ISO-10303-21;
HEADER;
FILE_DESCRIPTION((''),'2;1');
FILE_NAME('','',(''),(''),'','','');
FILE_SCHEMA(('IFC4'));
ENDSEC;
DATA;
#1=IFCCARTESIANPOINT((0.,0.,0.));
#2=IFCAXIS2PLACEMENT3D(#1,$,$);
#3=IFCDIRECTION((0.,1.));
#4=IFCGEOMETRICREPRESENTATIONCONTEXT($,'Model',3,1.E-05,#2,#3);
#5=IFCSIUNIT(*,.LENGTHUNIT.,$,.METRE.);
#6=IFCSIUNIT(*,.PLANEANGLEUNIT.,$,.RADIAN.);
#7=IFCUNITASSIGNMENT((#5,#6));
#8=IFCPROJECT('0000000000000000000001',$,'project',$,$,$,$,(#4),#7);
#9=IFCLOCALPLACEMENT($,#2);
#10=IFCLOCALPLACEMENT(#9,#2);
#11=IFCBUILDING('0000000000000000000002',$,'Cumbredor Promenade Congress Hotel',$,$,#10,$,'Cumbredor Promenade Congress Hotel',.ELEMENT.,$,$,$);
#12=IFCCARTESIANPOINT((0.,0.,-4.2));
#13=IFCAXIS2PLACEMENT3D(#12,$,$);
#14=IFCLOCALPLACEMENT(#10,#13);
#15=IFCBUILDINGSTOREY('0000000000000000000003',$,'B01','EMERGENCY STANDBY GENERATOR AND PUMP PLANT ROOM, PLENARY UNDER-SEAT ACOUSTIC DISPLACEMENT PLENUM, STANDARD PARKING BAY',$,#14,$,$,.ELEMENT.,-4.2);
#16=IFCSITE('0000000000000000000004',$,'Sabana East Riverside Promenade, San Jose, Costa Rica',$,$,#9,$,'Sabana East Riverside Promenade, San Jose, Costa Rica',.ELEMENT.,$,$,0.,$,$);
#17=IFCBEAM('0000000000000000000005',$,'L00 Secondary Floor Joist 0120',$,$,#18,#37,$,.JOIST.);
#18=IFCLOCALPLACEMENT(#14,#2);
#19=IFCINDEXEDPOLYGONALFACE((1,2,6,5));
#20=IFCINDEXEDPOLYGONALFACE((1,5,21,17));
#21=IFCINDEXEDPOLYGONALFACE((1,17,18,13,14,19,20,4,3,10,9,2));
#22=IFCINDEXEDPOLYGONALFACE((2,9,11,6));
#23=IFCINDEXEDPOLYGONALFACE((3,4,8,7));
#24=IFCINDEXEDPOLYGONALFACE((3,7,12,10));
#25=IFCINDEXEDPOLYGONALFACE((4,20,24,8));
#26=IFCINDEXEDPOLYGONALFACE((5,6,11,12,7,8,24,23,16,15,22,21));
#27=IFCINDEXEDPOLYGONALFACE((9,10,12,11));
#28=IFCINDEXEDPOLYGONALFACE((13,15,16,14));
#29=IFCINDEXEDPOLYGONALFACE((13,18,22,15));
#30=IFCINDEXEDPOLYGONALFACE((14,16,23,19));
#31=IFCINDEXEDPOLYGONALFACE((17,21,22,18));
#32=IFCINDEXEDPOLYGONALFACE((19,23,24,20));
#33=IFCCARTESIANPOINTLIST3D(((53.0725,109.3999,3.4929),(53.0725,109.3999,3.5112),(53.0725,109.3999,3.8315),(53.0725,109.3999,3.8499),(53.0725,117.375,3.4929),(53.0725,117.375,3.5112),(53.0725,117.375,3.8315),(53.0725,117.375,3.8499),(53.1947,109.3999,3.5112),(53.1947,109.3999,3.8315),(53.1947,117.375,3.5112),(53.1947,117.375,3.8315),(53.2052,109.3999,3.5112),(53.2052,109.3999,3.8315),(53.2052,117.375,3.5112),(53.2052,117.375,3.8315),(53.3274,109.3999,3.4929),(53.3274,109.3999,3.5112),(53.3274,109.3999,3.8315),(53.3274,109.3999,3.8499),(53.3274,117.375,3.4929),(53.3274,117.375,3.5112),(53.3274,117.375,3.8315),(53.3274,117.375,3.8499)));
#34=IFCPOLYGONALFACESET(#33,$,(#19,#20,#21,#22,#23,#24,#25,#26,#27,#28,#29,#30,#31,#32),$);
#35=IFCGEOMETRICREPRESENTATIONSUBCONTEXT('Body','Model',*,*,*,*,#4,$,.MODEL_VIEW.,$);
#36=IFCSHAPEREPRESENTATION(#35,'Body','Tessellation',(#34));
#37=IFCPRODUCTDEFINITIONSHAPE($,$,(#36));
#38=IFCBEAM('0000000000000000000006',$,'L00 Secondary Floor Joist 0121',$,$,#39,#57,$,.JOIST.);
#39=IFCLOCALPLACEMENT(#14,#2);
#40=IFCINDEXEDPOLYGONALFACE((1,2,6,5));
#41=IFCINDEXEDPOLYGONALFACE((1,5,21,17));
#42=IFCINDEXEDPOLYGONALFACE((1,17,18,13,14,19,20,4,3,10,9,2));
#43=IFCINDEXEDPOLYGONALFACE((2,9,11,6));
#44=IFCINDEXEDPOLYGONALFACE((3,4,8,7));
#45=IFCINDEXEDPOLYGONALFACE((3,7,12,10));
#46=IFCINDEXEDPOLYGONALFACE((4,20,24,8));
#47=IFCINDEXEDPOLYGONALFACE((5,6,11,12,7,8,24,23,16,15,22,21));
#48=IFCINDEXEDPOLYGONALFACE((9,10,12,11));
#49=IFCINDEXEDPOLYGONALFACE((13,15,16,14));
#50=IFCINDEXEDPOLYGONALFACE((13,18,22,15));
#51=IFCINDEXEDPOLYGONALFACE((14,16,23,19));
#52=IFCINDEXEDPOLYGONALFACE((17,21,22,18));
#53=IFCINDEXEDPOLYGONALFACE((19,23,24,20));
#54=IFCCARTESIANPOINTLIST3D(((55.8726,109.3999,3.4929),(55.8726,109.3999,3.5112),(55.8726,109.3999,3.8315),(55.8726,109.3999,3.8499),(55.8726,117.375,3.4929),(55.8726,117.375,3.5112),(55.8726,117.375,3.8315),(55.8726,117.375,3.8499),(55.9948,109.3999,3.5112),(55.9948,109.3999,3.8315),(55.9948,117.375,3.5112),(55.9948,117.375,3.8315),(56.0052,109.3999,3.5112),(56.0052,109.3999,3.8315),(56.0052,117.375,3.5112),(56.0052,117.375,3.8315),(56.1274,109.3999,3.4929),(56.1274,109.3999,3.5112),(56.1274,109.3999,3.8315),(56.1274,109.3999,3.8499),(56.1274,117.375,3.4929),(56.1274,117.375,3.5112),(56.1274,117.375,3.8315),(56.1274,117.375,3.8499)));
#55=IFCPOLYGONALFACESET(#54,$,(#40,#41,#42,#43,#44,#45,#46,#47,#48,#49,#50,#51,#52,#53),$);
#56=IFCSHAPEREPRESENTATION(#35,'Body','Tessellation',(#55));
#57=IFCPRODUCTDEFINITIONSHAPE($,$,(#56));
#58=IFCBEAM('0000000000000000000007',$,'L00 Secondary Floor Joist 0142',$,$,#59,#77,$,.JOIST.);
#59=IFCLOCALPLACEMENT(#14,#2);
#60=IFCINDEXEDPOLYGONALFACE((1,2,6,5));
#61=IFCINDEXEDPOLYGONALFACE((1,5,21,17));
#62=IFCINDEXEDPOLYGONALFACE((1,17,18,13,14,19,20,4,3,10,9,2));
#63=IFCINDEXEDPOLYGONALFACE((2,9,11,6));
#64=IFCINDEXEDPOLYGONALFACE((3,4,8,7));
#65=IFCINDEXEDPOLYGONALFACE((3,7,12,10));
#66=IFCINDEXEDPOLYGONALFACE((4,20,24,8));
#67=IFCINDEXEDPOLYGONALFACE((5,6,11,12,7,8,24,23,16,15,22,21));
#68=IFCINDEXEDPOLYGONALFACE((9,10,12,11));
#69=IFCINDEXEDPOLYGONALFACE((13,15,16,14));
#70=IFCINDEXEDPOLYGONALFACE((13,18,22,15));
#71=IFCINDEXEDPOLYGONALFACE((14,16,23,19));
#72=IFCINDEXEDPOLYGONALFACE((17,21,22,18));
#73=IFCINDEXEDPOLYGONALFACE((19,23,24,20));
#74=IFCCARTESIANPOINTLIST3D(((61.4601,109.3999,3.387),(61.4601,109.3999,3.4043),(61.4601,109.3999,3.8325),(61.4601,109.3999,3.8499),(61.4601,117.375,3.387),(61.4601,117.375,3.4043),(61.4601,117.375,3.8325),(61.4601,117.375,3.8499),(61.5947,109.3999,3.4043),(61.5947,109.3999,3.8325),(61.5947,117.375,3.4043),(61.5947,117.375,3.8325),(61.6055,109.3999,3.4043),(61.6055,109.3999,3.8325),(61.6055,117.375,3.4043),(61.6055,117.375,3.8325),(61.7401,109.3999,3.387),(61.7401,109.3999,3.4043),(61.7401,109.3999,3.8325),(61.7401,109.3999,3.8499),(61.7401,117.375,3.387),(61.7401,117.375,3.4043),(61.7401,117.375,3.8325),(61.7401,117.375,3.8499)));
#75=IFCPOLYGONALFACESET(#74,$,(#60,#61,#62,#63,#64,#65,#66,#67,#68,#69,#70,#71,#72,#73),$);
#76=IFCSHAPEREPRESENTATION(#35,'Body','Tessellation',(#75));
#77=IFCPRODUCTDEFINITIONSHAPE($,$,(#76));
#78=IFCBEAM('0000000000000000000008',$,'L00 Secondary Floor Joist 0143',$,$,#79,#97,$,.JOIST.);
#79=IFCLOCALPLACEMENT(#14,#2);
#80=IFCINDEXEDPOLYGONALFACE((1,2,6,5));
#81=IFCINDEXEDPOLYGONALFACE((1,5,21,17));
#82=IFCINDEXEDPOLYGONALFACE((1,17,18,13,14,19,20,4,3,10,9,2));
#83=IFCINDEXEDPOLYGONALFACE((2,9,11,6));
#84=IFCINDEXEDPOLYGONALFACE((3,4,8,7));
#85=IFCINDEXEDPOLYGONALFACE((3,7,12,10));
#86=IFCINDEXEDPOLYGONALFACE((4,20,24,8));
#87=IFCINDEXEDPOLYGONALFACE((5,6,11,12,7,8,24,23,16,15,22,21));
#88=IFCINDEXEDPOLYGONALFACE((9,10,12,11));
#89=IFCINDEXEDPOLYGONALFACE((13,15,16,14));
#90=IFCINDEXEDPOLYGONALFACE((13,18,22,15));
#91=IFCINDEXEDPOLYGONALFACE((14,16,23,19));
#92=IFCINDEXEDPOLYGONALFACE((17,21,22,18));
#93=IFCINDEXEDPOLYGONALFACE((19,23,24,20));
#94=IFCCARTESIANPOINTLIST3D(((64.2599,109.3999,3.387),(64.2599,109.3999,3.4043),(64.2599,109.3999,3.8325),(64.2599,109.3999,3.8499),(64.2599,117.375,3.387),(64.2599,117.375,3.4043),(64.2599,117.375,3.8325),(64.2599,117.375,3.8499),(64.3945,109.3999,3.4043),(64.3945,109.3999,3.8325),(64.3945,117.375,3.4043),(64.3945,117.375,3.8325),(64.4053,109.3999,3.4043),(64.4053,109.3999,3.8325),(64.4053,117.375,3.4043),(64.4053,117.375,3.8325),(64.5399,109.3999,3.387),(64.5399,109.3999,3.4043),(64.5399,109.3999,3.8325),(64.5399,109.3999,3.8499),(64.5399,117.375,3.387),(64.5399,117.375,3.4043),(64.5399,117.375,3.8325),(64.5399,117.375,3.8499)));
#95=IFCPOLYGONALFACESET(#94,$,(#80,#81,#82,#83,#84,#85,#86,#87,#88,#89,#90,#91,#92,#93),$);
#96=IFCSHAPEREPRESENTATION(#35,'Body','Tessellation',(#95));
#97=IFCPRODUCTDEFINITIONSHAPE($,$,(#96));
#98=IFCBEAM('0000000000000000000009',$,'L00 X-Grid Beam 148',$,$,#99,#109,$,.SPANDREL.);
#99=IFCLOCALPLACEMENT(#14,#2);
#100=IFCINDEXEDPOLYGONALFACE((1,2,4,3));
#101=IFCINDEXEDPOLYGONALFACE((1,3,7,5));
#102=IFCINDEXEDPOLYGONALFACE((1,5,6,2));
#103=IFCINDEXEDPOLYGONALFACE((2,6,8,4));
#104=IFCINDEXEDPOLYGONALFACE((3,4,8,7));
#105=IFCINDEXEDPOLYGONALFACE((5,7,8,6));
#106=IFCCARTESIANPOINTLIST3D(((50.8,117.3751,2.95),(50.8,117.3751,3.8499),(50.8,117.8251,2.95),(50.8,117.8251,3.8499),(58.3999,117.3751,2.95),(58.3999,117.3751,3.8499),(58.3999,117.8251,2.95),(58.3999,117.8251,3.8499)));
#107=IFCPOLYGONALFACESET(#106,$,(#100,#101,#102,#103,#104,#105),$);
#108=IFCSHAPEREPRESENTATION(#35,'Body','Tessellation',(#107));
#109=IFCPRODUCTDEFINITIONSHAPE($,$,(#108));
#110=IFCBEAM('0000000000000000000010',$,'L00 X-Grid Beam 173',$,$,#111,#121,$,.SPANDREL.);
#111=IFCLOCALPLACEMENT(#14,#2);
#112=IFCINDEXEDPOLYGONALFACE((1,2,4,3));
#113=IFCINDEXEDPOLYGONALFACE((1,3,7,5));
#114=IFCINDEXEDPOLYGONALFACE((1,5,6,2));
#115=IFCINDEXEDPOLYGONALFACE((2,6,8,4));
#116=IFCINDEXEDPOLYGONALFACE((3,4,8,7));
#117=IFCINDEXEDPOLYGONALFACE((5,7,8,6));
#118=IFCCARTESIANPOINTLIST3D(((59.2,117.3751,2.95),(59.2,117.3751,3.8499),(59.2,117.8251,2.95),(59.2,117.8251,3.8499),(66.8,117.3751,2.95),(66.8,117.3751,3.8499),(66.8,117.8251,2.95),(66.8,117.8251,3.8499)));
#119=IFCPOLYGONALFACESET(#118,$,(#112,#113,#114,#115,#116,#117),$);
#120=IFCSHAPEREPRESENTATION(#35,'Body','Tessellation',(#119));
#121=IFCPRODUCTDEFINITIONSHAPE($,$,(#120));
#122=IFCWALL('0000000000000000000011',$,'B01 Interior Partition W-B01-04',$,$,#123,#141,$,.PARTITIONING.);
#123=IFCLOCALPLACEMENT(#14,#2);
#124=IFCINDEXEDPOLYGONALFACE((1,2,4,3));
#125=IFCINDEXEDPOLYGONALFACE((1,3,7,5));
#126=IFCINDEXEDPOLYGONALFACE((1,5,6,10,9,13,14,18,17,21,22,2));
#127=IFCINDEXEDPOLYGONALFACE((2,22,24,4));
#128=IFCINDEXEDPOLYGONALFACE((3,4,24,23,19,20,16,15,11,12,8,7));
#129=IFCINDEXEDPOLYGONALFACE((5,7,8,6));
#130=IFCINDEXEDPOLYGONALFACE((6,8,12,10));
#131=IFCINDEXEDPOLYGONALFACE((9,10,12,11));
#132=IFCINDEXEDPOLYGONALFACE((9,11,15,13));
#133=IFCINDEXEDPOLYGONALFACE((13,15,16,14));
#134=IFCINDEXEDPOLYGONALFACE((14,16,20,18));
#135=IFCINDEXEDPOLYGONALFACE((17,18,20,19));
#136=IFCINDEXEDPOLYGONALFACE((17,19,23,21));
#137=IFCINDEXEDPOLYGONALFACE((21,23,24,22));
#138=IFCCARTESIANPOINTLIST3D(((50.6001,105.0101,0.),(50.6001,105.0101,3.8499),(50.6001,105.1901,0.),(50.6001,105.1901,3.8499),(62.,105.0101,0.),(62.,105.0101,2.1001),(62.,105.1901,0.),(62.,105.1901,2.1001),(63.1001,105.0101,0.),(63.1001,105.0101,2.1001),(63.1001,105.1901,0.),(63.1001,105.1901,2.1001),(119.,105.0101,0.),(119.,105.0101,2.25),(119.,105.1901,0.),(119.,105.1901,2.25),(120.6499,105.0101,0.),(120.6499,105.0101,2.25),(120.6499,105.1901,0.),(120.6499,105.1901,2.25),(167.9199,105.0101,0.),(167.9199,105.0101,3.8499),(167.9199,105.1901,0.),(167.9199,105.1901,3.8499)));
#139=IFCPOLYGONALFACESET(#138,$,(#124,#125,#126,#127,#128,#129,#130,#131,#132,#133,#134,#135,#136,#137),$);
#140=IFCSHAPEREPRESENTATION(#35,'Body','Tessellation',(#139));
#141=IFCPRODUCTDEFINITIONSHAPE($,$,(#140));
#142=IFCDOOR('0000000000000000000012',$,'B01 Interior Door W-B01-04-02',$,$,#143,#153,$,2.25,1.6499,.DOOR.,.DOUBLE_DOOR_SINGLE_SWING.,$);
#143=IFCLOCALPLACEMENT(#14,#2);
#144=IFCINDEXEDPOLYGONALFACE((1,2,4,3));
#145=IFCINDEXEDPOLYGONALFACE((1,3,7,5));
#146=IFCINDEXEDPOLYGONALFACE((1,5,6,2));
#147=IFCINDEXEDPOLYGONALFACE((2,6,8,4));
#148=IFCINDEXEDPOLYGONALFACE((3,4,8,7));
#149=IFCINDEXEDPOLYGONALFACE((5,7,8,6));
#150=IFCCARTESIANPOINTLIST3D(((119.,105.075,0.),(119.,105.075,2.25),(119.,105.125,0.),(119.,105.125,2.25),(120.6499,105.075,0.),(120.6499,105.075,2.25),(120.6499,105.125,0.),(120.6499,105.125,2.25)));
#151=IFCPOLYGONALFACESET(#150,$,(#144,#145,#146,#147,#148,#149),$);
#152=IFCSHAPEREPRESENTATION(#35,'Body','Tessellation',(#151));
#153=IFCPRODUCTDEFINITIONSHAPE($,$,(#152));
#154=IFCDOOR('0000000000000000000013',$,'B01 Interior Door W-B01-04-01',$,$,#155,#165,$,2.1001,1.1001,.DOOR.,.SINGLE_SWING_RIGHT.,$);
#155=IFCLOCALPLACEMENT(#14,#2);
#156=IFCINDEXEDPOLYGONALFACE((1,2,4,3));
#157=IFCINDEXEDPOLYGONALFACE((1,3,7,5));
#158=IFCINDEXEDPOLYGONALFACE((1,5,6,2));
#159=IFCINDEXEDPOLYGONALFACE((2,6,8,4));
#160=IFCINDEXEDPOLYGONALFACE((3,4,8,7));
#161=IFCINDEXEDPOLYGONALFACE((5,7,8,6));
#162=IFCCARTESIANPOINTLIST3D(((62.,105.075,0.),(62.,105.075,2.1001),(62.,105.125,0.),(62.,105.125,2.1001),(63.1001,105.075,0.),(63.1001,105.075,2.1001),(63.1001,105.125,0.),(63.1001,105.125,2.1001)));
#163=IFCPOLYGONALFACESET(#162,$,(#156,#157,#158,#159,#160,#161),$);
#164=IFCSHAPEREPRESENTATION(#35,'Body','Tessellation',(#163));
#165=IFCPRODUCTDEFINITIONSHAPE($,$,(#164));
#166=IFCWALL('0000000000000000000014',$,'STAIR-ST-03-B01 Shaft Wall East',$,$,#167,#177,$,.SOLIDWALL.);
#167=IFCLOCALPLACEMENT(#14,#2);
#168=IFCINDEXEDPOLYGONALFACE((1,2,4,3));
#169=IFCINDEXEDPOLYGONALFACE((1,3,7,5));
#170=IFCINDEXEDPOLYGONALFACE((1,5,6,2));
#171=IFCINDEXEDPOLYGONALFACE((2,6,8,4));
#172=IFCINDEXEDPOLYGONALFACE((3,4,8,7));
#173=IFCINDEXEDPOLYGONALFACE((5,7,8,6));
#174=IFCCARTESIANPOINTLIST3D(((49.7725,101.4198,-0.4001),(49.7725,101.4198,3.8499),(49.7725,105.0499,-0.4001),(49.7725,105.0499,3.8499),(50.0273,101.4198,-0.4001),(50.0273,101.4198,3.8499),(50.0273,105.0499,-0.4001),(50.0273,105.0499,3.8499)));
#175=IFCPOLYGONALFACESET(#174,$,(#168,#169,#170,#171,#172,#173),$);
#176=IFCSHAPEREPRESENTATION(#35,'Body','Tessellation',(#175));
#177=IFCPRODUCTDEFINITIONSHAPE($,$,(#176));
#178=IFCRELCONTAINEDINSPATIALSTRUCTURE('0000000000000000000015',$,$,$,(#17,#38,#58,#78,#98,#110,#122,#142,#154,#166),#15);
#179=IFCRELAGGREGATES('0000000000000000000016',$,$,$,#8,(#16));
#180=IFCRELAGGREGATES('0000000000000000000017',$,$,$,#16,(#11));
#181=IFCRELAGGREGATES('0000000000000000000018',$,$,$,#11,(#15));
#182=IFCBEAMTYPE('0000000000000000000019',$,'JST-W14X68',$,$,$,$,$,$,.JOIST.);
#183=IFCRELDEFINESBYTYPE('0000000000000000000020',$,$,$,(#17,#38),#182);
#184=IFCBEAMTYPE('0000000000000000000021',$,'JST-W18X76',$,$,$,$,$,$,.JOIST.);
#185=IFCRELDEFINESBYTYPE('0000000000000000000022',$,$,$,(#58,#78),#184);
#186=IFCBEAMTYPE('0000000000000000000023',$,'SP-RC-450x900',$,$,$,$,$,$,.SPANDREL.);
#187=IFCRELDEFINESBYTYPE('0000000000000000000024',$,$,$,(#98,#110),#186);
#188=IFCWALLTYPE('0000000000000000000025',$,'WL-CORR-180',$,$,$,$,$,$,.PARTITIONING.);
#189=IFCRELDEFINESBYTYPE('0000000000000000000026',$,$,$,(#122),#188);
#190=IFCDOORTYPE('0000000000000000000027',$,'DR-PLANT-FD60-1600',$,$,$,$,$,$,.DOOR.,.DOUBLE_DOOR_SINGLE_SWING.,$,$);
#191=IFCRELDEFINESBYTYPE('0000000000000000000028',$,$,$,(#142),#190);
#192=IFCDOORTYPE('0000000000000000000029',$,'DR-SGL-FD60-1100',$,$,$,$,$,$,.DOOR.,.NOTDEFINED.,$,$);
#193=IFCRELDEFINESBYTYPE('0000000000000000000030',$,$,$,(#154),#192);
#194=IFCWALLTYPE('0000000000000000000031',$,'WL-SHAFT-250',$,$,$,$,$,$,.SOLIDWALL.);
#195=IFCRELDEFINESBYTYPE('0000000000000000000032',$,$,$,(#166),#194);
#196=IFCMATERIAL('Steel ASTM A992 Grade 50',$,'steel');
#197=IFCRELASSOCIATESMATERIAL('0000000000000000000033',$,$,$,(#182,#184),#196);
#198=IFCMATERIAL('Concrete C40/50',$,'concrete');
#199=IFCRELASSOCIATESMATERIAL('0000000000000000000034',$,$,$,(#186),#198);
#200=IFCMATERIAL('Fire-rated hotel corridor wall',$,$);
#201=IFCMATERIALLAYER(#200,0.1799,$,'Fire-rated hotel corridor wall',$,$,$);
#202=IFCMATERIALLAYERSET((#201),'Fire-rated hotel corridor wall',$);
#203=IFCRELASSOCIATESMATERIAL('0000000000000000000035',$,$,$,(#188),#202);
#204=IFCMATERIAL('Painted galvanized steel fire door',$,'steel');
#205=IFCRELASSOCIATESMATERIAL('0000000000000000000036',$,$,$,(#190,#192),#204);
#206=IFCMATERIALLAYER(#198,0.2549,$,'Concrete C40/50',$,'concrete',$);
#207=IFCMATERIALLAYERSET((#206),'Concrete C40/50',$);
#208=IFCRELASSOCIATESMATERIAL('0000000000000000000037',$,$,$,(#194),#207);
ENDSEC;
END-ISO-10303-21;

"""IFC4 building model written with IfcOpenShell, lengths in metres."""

from ifc_helpers import new_model, si_unit, direction, frame, frame_2d, origin, origin_2d, place, context, subcontext, project, spatial, rectangle, i_section, extrude, material, layer, layer_set, material_profile, profile_set, type_object, element, fill, save


model = new_model("IFC4")

# Units and contexts
model_context = context("Model", 3, precision=1e-05, world=origin(), true_north=direction((0.0, 1.0)))
body_context = subcontext(model_context, "Body", "Model", "MODEL_VIEW")
ifc_project = project(units=[si_unit("LENGTHUNIT", "METRE"), si_unit("PLANEANGLEUNIT", "RADIAN")], contexts=[model_context])

# Site, building, storey
site_placement = place(None, origin())
site = spatial("IfcSite", under=ifc_project, at=site_placement, Name="Sabana East Riverside Promenade, San Jose, Costa Rica", LongName="Sabana East Riverside Promenade, San Jose, Costa Rica", CompositionType="ELEMENT", RefElevation=0.0)
building_placement = place(site_placement, origin())
building = spatial("IfcBuilding", under=site, at=building_placement, Name="Cumbredor Promenade Congress Hotel", LongName="Cumbredor Promenade Congress Hotel", CompositionType="ELEMENT")
storey_placement = place(building_placement, frame((0.0, 0.0, -4.2)))
storey = spatial("IfcBuildingStorey", under=building, at=storey_placement, Name="B01", Description="EMERGENCY STANDBY GENERATOR AND PUMP PLANT ROOM, PLENARY UNDER-SEAT ACOUSTIC DISPLACEMENT PLENUM, STANDARD PARKING BAY", CompositionType="ELEMENT", Elevation=-4.2)

# Shared definitions
ifc_material_1 = material(Name="Concrete C40/50", Category="concrete")

# Beams
ifc_material_2 = material(Name="Steel ASTM A992 Grade 50", Category="steel")
ifc_material_profile_1 = material_profile(ifc_material_2, i_section(OverallWidth=0.2549, OverallDepth=0.3569, WebThickness=0.0105, FlangeThickness=0.0183, at=origin_2d()), Name="W14X68")
ifc_profile_set_1 = profile_set([ifc_material_profile_1], Name="Steel ASTM A992 Grade 50")
beam_type_1 = type_object("IfcBeamType", Name="JST-W14X68", PredefinedType="JOIST", material=ifc_profile_set_1)
for number, where, z_axis, x_axis, name in (
    (1, (53.2, 109.3999, 3.6714), (0.0, 1.0, 0.0), (-1.0, 0.0, 0.0), "L00 Secondary Floor Joist 0120"),
    (2, (56.0, 109.3999, 3.6714), (0.0, 1.0, 0.0), (-1.0, 0.0, 0.0), "L00 Secondary Floor Joist 0121"),
):
    element("IfcBeam", number, at=place(storey_placement, frame(where, z_axis=z_axis, x_axis=x_axis)), inside=storey, type_object=beam_type_1, Name=name, PredefinedType="JOIST", context=body_context, shape_type="SweptSolid", body=[
        extrude(i_section(OverallWidth=0.2549, OverallDepth=0.3569, WebThickness=0.0105, FlangeThickness=0.0183, at=origin_2d()), origin(), (0.0, 0.0, 1.0), 7.9751),
    ])
ifc_material_profile_2 = material_profile(ifc_material_2, i_section(OverallWidth=0.28, OverallDepth=0.4629, WebThickness=0.0107, FlangeThickness=0.0173, at=origin_2d()), Name="W18X76")
ifc_profile_set_2 = profile_set([ifc_material_profile_2], Name="Steel ASTM A992 Grade 50")
beam_type_2 = type_object("IfcBeamType", Name="JST-W18X76", PredefinedType="JOIST", material=ifc_profile_set_2)
for number, where, z_axis, x_axis, name in (
    (3, (61.6001, 109.3999, 3.6184), (0.0, 1.0, 0.0), (-1.0, 0.0, 0.0), "L00 Secondary Floor Joist 0142"),
    (4, (64.3999, 109.3999, 3.6184), (0.0, 1.0, 0.0), (-1.0, 0.0, 0.0), "L00 Secondary Floor Joist 0143"),
):
    element("IfcBeam", number, at=place(storey_placement, frame(where, z_axis=z_axis, x_axis=x_axis)), inside=storey, type_object=beam_type_2, Name=name, PredefinedType="JOIST", context=body_context, shape_type="SweptSolid", body=[
        extrude(i_section(OverallWidth=0.28, OverallDepth=0.4629, WebThickness=0.0107, FlangeThickness=0.0173, at=origin_2d()), origin(), (0.0, 0.0, 1.0), 7.9751),
    ])
ifc_material_profile_3 = material_profile(ifc_material_1, rectangle(XDim=0.45, YDim=0.8999, at=origin_2d()), Name="RC SPANDREL 450x900")
ifc_profile_set_3 = profile_set([ifc_material_profile_3], Name="Concrete C40/50")
beam_type_3 = type_object("IfcBeamType", Name="SP-RC-450x900", PredefinedType="SPANDREL", material=ifc_profile_set_3)
beam_1_placement = place(storey_placement, frame((50.8, 117.6001, 3.3999), z_axis=(1.0, 0.0, 0.0), x_axis=(0.0, 1.0, 0.0)))
element("IfcBeam", 5, at=beam_1_placement, inside=storey, type_object=beam_type_3, Name="L00 X-Grid Beam 148", PredefinedType="SPANDREL", context=body_context, shape_type="SweptSolid", body=[
    extrude(rectangle(XDim=0.45, YDim=0.8999, at=origin_2d()), origin(), (0.0, 0.0, 1.0), 7.5999),
])
beam_2_placement = place(storey_placement, frame((59.2, 117.6001, 3.3999), z_axis=(1.0, 0.0, 0.0), x_axis=(0.0, 1.0, 0.0)))
element("IfcBeam", 6, at=beam_2_placement, inside=storey, type_object=beam_type_3, Name="L00 X-Grid Beam 173", PredefinedType="SPANDREL", context=body_context, shape_type="SweptSolid", body=[
    extrude(rectangle(XDim=0.45, YDim=0.8999, at=origin_2d()), origin(), (0.0, 0.0, 1.0), 7.6001),
])

# Wall, openings, doors
ifc_material_3 = material(Name="Fire-rated hotel corridor wall")
ifc_layer_1 = layer(ifc_material_3, 0.1799, Name="Fire-rated hotel corridor wall")
ifc_layer_set_1 = layer_set([ifc_layer_1], Name="Fire-rated hotel corridor wall")
wall_type_1 = type_object("IfcWallType", Name="WL-CORR-180", PredefinedType="PARTITIONING", material=ifc_layer_set_1)
wall_1_placement = place(storey_placement, frame((50.6001, 105.1001, 0.0), z_axis=(0.0, 0.0, 1.0), x_axis=(1.0, 0.0, 0.0)))
wall_1 = element("IfcWall", 7, at=wall_1_placement, inside=storey, type_object=wall_type_1, Name="B01 Interior Partition W-B01-04", PredefinedType="PARTITIONING", context=body_context, shape_type="SweptSolid", body=[
    extrude(rectangle(XDim=117.3198, YDim=0.1799, at=frame_2d((58.6599, 0.0))), origin(), (0.0, 0.0, 1.0), 3.8499),
])
opening_1_placement = place(wall_1_placement, frame((11.3999, 0.0, 0.0)))
opening_1 = element("IfcOpeningElement", 8, at=opening_1_placement, cuts=wall_1, PredefinedType="OPENING", context=body_context, shape_type="SweptSolid", body=[
    extrude(rectangle(XDim=1.1001, YDim=2.1001, at=frame_2d((0.55, 1.05))), frame((0.0, 0.1001, 0.0), z_axis=(0.0, -1.0, 0.0), x_axis=(1.0, 0.0, 0.0)), (0.0, 0.0, 1.0), 0.2),
])
opening_2_placement = place(wall_1_placement, frame((68.3999, 0.0, 0.0)))
opening_2 = element("IfcOpeningElement", 9, at=opening_2_placement, cuts=wall_1, PredefinedType="OPENING", context=body_context, shape_type="SweptSolid", body=[
    extrude(rectangle(XDim=1.6499, YDim=2.25, at=frame_2d((0.825, 1.125))), frame((0.0, 0.1001, 0.0), z_axis=(0.0, -1.0, 0.0), x_axis=(1.0, 0.0, 0.0)), (0.0, 0.0, 1.0), 0.2),
])
ifc_material_4 = material(Name="Painted galvanized steel fire door", Category="steel")
door_type_1 = type_object("IfcDoorType", Name="DR-PLANT-FD60-1600", OperationType="DOUBLE_DOOR_SINGLE_SWING", PredefinedType="DOOR", material=ifc_material_4)
door_1_placement = place(opening_2_placement, origin())
door_1 = element("IfcDoor", 10, at=door_1_placement, inside=storey, type_object=door_type_1, Name="B01 Interior Door W-B01-04-02", OperationType="DOUBLE_DOOR_SINGLE_SWING", OverallHeight=2.25, OverallWidth=1.6499, PredefinedType="DOOR", context=body_context, shape_type="SweptSolid", body=[
    extrude(rectangle(XDim=1.6499, YDim=2.25, at=frame_2d((0.825, 1.125))), frame((0.0, 0.0249, 0.0), z_axis=(0.0, -1.0, 0.0), x_axis=(1.0, 0.0, 0.0)), (0.0, 0.0, 1.0), 0.05),
])
fill(opening_2, door_1)
door_type_2 = type_object("IfcDoorType", Name="DR-SGL-FD60-1100", OperationType="NOTDEFINED", PredefinedType="DOOR", material=ifc_material_4)
door_2_placement = place(opening_1_placement, origin())
door_2 = element("IfcDoor", 11, at=door_2_placement, inside=storey, type_object=door_type_2, Name="B01 Interior Door W-B01-04-01", OperationType="SINGLE_SWING_RIGHT", OverallHeight=2.1001, OverallWidth=1.1001, PredefinedType="DOOR", context=body_context, shape_type="SweptSolid", body=[
    extrude(rectangle(XDim=1.1001, YDim=2.1001, at=frame_2d((0.55, 1.05))), frame((0.0, 0.0249, 0.0), z_axis=(0.0, -1.0, 0.0), x_axis=(1.0, 0.0, 0.0)), (0.0, 0.0, 1.0), 0.05),
])
fill(opening_1, door_2)

# Wall
ifc_layer_2 = layer(ifc_material_1, 0.2549, Name="Concrete C40/50", Category="concrete")
ifc_layer_set_2 = layer_set([ifc_layer_2], Name="Concrete C40/50")
wall_type_2 = type_object("IfcWallType", Name="WL-SHAFT-250", PredefinedType="SOLIDWALL", material=ifc_layer_set_2)
wall_2_placement = place(storey_placement, frame((49.8999, 101.4199, -0.4001), z_axis=(0.0, 0.0, 1.0), x_axis=(0.0, 1.0, 0.0)))
element("IfcWall", 12, at=wall_2_placement, inside=storey, type_object=wall_type_2, Name="STAIR-ST-03-B01 Shaft Wall East", PredefinedType="SOLIDWALL", context=body_context, shape_type="SweptSolid", body=[
    extrude(rectangle(XDim=3.6301, YDim=0.2549, at=frame_2d((1.8149, 0.0))), origin(), (0.0, 0.0, 1.0), 4.25),
])

save(model, "model.ifc")
